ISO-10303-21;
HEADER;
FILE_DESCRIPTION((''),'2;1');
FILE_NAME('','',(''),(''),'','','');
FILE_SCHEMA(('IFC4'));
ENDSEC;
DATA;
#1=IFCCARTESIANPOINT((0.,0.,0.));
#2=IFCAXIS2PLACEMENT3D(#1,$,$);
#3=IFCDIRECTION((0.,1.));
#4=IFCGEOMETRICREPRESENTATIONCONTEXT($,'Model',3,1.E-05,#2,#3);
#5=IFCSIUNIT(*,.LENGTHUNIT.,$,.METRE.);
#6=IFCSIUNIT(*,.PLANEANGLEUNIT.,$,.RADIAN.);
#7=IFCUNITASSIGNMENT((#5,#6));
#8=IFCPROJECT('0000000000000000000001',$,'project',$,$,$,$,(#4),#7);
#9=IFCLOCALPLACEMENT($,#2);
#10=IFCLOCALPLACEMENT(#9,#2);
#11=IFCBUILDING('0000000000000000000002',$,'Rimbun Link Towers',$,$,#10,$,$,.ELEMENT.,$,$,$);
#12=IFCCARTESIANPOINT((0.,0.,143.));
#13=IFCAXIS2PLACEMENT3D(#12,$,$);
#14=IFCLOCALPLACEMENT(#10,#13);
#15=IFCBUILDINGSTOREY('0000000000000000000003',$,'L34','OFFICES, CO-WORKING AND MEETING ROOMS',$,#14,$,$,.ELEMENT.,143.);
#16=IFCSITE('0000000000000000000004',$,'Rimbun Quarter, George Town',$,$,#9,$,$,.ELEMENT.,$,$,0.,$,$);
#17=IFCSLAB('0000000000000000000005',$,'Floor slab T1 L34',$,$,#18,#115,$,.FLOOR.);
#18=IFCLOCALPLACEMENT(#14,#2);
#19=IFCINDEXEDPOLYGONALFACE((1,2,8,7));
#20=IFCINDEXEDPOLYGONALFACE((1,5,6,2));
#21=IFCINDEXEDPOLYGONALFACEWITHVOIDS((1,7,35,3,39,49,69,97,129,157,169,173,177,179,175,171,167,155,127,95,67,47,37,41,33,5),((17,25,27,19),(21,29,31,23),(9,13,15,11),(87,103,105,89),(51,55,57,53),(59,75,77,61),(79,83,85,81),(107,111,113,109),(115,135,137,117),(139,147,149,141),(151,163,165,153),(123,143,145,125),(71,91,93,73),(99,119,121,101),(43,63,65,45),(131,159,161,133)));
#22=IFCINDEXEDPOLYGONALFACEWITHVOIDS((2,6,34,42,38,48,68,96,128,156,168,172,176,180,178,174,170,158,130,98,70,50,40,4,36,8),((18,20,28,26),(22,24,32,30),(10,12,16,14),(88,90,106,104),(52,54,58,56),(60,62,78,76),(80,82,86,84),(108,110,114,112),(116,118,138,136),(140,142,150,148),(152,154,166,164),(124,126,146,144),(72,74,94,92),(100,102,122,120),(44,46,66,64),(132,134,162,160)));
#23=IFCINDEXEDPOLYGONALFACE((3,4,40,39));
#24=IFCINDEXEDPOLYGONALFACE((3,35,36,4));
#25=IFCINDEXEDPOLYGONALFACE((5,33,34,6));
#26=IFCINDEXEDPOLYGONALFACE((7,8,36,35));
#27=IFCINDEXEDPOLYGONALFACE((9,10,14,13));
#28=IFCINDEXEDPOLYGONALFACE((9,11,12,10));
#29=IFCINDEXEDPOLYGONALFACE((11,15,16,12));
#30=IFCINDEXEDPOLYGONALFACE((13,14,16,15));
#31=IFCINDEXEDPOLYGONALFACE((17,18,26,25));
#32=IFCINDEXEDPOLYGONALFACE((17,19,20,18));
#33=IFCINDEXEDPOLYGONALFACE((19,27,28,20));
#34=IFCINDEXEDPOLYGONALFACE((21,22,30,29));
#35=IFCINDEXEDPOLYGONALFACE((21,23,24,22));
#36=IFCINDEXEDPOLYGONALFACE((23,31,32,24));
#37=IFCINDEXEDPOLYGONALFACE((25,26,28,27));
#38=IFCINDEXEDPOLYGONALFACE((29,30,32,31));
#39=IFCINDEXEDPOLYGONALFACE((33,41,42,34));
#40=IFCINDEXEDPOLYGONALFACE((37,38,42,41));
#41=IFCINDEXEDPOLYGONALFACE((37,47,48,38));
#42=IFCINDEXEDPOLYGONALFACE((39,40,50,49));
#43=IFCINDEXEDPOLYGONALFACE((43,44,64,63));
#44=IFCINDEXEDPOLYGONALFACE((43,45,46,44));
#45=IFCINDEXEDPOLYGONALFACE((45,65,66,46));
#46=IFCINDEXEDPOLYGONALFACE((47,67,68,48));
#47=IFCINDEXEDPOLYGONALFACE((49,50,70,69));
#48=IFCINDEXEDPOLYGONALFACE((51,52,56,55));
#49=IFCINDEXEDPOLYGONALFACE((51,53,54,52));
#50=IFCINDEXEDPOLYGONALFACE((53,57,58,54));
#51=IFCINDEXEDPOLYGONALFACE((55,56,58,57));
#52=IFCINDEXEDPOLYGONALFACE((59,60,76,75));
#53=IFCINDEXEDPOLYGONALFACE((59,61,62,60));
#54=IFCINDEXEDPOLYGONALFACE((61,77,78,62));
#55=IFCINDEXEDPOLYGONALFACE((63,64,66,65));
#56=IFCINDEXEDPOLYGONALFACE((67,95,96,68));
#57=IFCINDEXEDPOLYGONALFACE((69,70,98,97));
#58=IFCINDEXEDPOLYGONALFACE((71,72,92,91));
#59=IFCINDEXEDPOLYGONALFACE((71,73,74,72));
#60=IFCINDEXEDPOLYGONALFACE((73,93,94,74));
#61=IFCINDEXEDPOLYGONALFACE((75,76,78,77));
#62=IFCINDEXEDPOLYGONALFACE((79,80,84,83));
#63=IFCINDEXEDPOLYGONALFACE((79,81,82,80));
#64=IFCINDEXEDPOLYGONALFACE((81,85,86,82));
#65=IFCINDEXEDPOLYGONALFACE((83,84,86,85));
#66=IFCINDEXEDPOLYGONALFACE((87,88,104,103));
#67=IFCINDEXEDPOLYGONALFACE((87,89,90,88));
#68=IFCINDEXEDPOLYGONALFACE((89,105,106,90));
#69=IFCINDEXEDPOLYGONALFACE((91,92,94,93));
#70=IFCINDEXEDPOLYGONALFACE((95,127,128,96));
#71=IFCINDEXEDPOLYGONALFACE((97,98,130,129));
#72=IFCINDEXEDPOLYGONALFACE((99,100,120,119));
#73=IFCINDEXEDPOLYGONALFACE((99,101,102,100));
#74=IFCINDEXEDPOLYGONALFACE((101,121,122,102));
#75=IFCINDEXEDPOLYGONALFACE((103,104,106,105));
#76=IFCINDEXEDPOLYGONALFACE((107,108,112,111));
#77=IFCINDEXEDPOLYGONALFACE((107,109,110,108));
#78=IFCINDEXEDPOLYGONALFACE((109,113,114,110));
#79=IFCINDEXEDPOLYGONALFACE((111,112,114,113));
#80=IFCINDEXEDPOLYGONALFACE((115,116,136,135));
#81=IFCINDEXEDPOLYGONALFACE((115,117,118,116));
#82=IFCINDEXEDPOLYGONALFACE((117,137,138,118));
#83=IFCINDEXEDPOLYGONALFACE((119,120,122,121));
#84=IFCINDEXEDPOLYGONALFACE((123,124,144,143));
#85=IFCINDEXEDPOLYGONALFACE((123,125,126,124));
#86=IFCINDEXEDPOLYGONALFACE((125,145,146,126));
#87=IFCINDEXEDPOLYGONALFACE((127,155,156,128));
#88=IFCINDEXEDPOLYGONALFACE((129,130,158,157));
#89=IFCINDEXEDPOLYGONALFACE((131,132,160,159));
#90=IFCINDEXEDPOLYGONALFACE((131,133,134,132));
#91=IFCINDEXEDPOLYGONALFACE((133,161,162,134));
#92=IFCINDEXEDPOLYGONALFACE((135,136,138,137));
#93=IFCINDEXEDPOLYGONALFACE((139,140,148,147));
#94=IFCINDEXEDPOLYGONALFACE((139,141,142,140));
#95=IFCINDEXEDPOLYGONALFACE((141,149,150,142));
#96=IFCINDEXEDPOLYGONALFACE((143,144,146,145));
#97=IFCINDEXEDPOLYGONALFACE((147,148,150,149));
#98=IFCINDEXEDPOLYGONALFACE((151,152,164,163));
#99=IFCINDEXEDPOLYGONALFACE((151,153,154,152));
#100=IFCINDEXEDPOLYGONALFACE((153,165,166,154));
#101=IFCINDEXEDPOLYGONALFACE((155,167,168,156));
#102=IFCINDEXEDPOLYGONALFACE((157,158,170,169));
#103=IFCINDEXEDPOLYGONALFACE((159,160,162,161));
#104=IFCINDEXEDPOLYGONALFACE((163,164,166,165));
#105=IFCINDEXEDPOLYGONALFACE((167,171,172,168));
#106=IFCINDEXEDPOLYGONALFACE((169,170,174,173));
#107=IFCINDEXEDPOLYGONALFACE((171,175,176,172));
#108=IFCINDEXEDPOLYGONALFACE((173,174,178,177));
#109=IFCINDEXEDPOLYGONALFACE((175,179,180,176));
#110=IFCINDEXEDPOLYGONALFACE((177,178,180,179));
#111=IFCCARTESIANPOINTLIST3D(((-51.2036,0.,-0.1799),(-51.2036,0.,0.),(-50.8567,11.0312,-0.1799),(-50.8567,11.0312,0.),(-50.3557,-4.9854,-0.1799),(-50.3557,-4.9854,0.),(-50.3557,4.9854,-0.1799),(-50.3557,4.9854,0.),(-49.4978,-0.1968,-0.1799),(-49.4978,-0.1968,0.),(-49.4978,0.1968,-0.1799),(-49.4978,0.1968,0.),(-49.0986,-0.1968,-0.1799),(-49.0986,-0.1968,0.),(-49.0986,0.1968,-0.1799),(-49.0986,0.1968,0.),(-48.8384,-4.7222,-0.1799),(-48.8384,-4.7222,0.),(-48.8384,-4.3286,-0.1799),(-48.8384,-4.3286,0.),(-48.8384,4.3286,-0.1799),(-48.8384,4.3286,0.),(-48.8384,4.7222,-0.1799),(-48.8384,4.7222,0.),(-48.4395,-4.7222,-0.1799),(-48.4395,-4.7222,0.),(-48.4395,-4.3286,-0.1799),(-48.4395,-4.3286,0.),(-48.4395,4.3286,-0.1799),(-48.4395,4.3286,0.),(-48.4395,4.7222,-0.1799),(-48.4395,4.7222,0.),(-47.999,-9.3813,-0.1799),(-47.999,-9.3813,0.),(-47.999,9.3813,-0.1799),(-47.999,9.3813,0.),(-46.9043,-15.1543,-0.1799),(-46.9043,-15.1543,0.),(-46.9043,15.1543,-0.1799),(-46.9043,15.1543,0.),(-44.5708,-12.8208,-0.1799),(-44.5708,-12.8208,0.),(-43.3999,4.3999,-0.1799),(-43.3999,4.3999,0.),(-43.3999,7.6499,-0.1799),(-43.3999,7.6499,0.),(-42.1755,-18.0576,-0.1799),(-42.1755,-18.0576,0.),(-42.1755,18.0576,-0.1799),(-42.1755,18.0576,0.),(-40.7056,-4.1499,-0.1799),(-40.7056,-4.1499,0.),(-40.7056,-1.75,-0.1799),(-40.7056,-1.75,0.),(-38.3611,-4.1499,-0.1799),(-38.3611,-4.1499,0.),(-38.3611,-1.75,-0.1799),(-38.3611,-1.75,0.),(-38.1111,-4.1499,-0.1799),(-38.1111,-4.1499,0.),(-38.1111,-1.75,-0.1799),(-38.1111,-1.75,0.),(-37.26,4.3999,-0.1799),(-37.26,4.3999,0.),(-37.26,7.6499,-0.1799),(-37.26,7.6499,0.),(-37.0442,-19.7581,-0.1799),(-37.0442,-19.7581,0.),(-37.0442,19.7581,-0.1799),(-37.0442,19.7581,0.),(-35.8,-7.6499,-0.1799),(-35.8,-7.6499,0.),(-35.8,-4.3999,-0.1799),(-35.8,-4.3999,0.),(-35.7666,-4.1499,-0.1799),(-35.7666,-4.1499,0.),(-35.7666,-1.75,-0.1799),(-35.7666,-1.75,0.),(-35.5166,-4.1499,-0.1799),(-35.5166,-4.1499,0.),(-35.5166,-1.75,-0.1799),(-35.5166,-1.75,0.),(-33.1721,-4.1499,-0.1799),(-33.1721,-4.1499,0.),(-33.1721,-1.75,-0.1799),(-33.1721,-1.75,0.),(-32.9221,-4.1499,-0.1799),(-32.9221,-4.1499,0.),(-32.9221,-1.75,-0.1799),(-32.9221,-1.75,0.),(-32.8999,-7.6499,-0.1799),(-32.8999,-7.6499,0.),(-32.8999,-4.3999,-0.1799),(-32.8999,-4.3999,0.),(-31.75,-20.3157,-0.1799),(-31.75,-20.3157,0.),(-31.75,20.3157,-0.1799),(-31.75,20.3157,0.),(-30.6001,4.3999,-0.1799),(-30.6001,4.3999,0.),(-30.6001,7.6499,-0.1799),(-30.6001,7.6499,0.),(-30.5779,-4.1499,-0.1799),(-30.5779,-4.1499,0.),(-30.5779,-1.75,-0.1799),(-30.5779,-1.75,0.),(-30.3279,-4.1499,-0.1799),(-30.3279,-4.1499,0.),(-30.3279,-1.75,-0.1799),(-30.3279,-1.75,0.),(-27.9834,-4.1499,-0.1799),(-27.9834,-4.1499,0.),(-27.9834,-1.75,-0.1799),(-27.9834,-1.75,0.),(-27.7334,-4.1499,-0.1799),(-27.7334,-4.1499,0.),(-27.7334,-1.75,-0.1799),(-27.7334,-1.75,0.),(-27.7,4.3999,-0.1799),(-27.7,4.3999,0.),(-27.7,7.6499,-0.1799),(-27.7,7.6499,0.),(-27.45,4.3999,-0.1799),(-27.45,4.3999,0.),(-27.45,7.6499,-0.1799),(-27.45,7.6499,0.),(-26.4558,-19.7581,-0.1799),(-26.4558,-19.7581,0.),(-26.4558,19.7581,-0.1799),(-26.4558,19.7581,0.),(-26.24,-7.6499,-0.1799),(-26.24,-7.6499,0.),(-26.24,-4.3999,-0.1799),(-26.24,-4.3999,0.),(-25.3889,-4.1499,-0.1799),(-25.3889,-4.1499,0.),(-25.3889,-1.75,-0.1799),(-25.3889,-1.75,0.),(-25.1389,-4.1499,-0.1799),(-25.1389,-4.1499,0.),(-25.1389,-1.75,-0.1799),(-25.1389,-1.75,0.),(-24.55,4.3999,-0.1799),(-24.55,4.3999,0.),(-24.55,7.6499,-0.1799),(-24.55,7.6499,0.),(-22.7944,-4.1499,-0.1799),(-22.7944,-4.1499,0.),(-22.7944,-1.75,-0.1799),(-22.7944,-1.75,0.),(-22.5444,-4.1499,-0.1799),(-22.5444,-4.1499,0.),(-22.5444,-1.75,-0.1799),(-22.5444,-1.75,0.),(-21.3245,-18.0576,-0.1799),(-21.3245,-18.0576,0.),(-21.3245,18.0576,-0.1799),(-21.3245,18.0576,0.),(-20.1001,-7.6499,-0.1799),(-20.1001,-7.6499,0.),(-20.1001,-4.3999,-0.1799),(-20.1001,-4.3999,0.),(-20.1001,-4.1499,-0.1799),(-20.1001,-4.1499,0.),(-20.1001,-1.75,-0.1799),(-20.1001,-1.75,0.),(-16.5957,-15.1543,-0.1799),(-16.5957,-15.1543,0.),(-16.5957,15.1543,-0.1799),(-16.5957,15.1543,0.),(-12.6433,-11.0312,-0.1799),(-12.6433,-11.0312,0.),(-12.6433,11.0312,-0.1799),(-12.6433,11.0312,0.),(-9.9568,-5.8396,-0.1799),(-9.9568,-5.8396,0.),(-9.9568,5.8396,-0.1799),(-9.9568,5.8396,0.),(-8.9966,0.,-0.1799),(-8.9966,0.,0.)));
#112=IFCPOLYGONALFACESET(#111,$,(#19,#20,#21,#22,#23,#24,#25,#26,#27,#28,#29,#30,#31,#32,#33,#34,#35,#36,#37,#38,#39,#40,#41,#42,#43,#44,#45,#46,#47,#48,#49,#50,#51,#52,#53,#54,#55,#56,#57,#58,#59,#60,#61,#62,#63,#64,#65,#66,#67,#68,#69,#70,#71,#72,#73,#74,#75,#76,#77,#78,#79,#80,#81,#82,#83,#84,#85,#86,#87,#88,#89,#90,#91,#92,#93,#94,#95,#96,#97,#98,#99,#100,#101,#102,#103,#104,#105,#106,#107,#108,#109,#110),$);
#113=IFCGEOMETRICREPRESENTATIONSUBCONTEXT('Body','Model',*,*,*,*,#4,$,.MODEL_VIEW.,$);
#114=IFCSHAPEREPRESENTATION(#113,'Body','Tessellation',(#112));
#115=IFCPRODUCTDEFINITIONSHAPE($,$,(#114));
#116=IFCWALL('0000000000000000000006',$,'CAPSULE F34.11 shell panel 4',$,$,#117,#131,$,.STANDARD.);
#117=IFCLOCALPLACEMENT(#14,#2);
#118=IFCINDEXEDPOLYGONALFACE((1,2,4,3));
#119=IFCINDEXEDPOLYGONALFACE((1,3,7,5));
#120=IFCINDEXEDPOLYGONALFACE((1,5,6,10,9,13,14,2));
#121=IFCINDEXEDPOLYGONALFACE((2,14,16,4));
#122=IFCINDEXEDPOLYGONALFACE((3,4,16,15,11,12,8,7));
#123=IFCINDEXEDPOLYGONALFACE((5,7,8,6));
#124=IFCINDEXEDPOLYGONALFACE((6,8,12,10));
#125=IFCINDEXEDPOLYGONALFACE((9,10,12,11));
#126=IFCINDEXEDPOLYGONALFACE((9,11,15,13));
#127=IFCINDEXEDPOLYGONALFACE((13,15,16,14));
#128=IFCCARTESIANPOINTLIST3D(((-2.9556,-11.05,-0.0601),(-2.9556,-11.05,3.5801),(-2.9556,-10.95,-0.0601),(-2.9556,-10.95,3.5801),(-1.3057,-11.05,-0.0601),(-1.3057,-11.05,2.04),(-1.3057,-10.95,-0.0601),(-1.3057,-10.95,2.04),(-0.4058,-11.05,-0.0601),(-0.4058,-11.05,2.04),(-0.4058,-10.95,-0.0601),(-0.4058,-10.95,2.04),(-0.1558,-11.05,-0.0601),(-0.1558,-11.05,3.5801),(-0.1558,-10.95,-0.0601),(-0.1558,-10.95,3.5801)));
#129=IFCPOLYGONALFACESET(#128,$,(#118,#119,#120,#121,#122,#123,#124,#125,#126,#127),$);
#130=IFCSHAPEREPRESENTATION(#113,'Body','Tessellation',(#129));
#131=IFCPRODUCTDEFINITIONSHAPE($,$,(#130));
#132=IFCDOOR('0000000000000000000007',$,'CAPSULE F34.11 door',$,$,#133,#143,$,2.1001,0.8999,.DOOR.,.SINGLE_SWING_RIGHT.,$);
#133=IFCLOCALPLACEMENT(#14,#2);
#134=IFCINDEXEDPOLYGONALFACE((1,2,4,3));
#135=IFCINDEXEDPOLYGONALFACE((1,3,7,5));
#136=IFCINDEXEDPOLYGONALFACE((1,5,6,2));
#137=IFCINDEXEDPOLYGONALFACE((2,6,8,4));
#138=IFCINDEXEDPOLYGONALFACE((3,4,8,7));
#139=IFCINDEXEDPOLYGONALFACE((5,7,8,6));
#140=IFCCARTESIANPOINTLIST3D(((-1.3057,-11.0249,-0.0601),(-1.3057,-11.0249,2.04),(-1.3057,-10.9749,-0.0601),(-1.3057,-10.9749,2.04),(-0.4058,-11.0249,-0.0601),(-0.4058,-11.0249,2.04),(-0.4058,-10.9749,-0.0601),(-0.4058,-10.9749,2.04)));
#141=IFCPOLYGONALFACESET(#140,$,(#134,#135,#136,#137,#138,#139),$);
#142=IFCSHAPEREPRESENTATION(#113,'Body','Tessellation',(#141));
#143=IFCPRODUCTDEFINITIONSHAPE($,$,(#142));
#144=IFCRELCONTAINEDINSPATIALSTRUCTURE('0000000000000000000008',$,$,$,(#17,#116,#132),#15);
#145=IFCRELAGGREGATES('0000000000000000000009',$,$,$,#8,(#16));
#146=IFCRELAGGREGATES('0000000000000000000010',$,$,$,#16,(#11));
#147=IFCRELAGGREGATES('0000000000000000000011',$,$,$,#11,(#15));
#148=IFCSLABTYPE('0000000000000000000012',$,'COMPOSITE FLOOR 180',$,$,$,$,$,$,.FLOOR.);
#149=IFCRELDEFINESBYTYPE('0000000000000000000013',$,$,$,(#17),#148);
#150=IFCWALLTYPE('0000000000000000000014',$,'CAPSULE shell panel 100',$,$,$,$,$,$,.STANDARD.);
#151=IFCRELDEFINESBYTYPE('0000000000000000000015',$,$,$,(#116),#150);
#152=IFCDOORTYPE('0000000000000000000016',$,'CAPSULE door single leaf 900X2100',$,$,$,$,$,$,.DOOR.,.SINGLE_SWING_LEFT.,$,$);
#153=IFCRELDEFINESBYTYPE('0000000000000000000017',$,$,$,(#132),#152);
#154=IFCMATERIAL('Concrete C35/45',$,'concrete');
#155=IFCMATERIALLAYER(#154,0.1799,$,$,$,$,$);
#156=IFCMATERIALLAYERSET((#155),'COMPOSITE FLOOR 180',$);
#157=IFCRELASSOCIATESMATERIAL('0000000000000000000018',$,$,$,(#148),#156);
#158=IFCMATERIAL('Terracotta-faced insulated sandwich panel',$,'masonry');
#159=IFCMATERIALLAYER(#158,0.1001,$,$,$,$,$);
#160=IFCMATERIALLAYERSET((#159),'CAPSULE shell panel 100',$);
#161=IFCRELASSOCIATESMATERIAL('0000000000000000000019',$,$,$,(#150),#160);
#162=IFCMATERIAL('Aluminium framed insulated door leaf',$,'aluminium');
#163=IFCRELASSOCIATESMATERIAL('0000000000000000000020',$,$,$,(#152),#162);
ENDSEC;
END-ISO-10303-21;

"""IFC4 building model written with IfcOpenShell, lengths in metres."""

from ifc_helpers import new_model, si_unit, direction, frame, frame_2d, origin, place, context, subcontext, project, spatial, polyline, rectangle, outline, extrude, material, layer, layer_set, type_object, element, fill, save


model = new_model("IFC4")

# Units and contexts
model_context = context("Model", 3, precision=1e-05, world=origin(), true_north=direction((0.0, 1.0)))
body_context = subcontext(model_context, "Body", "Model", "MODEL_VIEW")
ifc_project = project(units=[si_unit("LENGTHUNIT", "METRE"), si_unit("PLANEANGLEUNIT", "RADIAN")], contexts=[model_context])

# Site, building, storey
site_placement = place(None, origin())
site = spatial("IfcSite", under=ifc_project, at=site_placement, Name="Rimbun Quarter, George Town", CompositionType="ELEMENT", RefElevation=0.0)
building_placement = place(site_placement, origin())
building = spatial("IfcBuilding", under=site, at=building_placement, Name="Rimbun Link Towers", CompositionType="ELEMENT")
storey_placement = place(building_placement, frame((0.0, 0.0, 143.0)))
storey = spatial("IfcBuildingStorey", under=building, at=storey_placement, Name="L34", Description="OFFICES, CO-WORKING AND MEETING ROOMS", CompositionType="ELEMENT", Elevation=143.0)

# Slab
ifc_material_1 = material(Name="Concrete C35/45", Category="concrete")
ifc_layer_1 = layer(ifc_material_1, 0.1799)
ifc_layer_set_1 = layer_set([ifc_layer_1], Name="COMPOSITE FLOOR 180")
slab_type = type_object("IfcSlabType", Name="COMPOSITE FLOOR 180", PredefinedType="FLOOR", material=ifc_layer_set_1)
slab_placement = place(storey_placement, frame((0.0, 0.0, -0.1799)))
element("IfcSlab", 1, at=slab_placement, inside=storey, type_object=slab_type, Name="Floor slab T1 L34", PredefinedType="FLOOR", context=body_context, shape_type="SweptSolid", body=[
    extrude(outline(polyline([(-46.9043, 15.1543), (-42.1755, 18.0576), (-37.0442, 19.7581), (-31.75, 20.3157), (-26.4558, 19.7581), (-21.3245, 18.0576), (-16.5957, 15.1543), (-12.6433, 11.0312), (-9.9568, 5.8396), (-8.9966, 0.0), (-9.9568, -5.8396), (-12.6433, -11.0312), (-16.5957, -15.1543), (-21.3245, -18.0576), (-26.4558, -19.7581), (-31.75, -20.3157), (-37.0442, -19.7581), (-42.1755, -18.0576), (-46.9043, -15.1543), (-44.5708, -12.8208), (-47.999, -9.3813), (-50.3557, -4.9854), (-51.2036, 0.0), (-50.3557, 4.9854), (-47.999, 9.3813), (-50.8567, 11.0312), (-46.9043, 15.1543)]), holes=[polyline([(-32.8999, -7.6499), (-32.8999, -4.3999), (-35.8, -4.3999), (-35.8, -7.6499), (-32.8999, -7.6499)]), polyline([(-48.4395, -4.7222), (-48.4395, -4.3286), (-48.8384, -4.3286), (-48.8384, -4.7222), (-48.4395, -4.7222)]), polyline([(-38.3611, -4.1499), (-38.3611, -1.75), (-40.7056, -1.75), (-40.7056, -4.1499), (-38.3611, -4.1499)]), polyline([(-35.7666, -4.1499), (-35.7666, -1.75), (-38.1111, -1.75), (-38.1111, -4.1499), (-35.7666, -4.1499)]), polyline([(-33.1721, -4.1499), (-33.1721, -1.75), (-35.5166, -1.75), (-35.5166, -4.1499), (-33.1721, -4.1499)]), polyline([(-49.0986, -0.1968), (-49.0986, 0.1968), (-49.4978, 0.1968), (-49.4978, -0.1968), (-49.0986, -0.1968)]), polyline([(-48.4395, 4.3286), (-48.4395, 4.7222), (-48.8384, 4.7222), (-48.8384, 4.3286), (-48.4395, 4.3286)]), polyline([(-37.26, 4.3999), (-37.26, 7.6499), (-43.3999, 7.6499), (-43.3999, 4.3999), (-37.26, 4.3999)]), polyline([(-20.1001, -7.6499), (-20.1001, -4.3999), (-26.24, -4.3999), (-26.24, -7.6499), (-20.1001, -7.6499)]), polyline([(-30.5779, -4.1499), (-30.5779, -1.75), (-32.9221, -1.75), (-32.9221, -4.1499), (-30.5779, -4.1499)]), polyline([(-27.9834, -4.1499), (-27.9834, -1.75), (-30.3279, -1.75), (-30.3279, -4.1499), (-27.9834, -4.1499)]), polyline([(-25.3889, -4.1499), (-25.3889, -1.75), (-27.7334, -1.75), (-27.7334, -4.1499), (-25.3889, -4.1499)]), polyline([(-22.7944, -4.1499), (-22.7944, -1.75), (-25.1389, -1.75), (-25.1389, -4.1499), (-22.7944, -4.1499)]), polyline([(-20.1001, -4.1499), (-20.1001, -1.75), (-22.5444, -1.75), (-22.5444, -4.1499), (-20.1001, -4.1499)]), polyline([(-27.7, 4.3999), (-27.7, 7.6499), (-30.6001, 7.6499), (-30.6001, 4.3999), (-27.7, 4.3999)]), polyline([(-24.55, 4.3999), (-24.55, 7.6499), (-27.45, 7.6499), (-27.45, 4.3999), (-24.55, 4.3999)])]), origin(), (0.0, 0.0, 1.0), 0.1799),
])

# Wall, opening, door
ifc_material_2 = material(Name="Terracotta-faced insulated sandwich panel", Category="masonry")
ifc_layer_2 = layer(ifc_material_2, 0.1001)
ifc_layer_set_2 = layer_set([ifc_layer_2], Name="CAPSULE shell panel 100")
wall_type_1 = type_object("IfcWallType", Name="CAPSULE shell panel 100", PredefinedType="STANDARD", material=ifc_layer_set_2)
wall_1_placement = place(storey_placement, frame((-0.1558, -11.0, -0.0601), z_axis=(0.0, 0.0, 1.0), x_axis=(-1.0, 0.0, 0.0)))
wall_1 = element("IfcWall", 2, at=wall_1_placement, inside=storey, type_object=wall_type_1, Name="CAPSULE F34.11 shell panel 4", PredefinedType="STANDARD", context=body_context, shape_type="SweptSolid", body=[
    extrude(rectangle(XDim=2.7998, YDim=0.1001, at=frame_2d((1.3999, 0.0))), origin(), (0.0, 0.0, 1.0), 3.6401),
])
opening_1_placement = place(wall_1_placement, frame((0.25, 0.0, 0.0)))
opening_1 = element("IfcOpeningElement", 3, at=opening_1_placement, cuts=wall_1, PredefinedType="OPENING", context=body_context, shape_type="SweptSolid", body=[
    extrude(rectangle(XDim=0.8999, YDim=2.1001, at=frame_2d((0.45, 1.05))), frame((0.0, 0.0601, 0.0), z_axis=(0.0, -1.0, 0.0), x_axis=(1.0, 0.0, 0.0)), (0.0, 0.0, 1.0), 0.1201),
])
ifc_material_3 = material(Name="Aluminium framed insulated door leaf", Category="aluminium")
door_type_1 = type_object("IfcDoorType", Name="CAPSULE door single leaf 900X2100", OperationType="SINGLE_SWING_LEFT", PredefinedType="DOOR", material=ifc_material_3)
door_1_placement = place(opening_1_placement, origin())
door_1 = element("IfcDoor", 4, at=door_1_placement, inside=storey, type_object=door_type_1, Name="CAPSULE F34.11 door", OperationType="SINGLE_SWING_RIGHT", OverallHeight=2.1001, OverallWidth=0.8999, PredefinedType="DOOR", context=body_context, shape_type="SweptSolid", body=[
    extrude(rectangle(XDim=0.8999, YDim=2.1001, at=frame_2d((0.45, 1.05))), frame((0.0, 0.0249, 0.0), z_axis=(0.0, -1.0, 0.0), x_axis=(1.0, 0.0, 0.0)), (0.0, 0.0, 1.0), 0.05),
])
fill(opening_1, door_1)

save(model, "model.ifc")
